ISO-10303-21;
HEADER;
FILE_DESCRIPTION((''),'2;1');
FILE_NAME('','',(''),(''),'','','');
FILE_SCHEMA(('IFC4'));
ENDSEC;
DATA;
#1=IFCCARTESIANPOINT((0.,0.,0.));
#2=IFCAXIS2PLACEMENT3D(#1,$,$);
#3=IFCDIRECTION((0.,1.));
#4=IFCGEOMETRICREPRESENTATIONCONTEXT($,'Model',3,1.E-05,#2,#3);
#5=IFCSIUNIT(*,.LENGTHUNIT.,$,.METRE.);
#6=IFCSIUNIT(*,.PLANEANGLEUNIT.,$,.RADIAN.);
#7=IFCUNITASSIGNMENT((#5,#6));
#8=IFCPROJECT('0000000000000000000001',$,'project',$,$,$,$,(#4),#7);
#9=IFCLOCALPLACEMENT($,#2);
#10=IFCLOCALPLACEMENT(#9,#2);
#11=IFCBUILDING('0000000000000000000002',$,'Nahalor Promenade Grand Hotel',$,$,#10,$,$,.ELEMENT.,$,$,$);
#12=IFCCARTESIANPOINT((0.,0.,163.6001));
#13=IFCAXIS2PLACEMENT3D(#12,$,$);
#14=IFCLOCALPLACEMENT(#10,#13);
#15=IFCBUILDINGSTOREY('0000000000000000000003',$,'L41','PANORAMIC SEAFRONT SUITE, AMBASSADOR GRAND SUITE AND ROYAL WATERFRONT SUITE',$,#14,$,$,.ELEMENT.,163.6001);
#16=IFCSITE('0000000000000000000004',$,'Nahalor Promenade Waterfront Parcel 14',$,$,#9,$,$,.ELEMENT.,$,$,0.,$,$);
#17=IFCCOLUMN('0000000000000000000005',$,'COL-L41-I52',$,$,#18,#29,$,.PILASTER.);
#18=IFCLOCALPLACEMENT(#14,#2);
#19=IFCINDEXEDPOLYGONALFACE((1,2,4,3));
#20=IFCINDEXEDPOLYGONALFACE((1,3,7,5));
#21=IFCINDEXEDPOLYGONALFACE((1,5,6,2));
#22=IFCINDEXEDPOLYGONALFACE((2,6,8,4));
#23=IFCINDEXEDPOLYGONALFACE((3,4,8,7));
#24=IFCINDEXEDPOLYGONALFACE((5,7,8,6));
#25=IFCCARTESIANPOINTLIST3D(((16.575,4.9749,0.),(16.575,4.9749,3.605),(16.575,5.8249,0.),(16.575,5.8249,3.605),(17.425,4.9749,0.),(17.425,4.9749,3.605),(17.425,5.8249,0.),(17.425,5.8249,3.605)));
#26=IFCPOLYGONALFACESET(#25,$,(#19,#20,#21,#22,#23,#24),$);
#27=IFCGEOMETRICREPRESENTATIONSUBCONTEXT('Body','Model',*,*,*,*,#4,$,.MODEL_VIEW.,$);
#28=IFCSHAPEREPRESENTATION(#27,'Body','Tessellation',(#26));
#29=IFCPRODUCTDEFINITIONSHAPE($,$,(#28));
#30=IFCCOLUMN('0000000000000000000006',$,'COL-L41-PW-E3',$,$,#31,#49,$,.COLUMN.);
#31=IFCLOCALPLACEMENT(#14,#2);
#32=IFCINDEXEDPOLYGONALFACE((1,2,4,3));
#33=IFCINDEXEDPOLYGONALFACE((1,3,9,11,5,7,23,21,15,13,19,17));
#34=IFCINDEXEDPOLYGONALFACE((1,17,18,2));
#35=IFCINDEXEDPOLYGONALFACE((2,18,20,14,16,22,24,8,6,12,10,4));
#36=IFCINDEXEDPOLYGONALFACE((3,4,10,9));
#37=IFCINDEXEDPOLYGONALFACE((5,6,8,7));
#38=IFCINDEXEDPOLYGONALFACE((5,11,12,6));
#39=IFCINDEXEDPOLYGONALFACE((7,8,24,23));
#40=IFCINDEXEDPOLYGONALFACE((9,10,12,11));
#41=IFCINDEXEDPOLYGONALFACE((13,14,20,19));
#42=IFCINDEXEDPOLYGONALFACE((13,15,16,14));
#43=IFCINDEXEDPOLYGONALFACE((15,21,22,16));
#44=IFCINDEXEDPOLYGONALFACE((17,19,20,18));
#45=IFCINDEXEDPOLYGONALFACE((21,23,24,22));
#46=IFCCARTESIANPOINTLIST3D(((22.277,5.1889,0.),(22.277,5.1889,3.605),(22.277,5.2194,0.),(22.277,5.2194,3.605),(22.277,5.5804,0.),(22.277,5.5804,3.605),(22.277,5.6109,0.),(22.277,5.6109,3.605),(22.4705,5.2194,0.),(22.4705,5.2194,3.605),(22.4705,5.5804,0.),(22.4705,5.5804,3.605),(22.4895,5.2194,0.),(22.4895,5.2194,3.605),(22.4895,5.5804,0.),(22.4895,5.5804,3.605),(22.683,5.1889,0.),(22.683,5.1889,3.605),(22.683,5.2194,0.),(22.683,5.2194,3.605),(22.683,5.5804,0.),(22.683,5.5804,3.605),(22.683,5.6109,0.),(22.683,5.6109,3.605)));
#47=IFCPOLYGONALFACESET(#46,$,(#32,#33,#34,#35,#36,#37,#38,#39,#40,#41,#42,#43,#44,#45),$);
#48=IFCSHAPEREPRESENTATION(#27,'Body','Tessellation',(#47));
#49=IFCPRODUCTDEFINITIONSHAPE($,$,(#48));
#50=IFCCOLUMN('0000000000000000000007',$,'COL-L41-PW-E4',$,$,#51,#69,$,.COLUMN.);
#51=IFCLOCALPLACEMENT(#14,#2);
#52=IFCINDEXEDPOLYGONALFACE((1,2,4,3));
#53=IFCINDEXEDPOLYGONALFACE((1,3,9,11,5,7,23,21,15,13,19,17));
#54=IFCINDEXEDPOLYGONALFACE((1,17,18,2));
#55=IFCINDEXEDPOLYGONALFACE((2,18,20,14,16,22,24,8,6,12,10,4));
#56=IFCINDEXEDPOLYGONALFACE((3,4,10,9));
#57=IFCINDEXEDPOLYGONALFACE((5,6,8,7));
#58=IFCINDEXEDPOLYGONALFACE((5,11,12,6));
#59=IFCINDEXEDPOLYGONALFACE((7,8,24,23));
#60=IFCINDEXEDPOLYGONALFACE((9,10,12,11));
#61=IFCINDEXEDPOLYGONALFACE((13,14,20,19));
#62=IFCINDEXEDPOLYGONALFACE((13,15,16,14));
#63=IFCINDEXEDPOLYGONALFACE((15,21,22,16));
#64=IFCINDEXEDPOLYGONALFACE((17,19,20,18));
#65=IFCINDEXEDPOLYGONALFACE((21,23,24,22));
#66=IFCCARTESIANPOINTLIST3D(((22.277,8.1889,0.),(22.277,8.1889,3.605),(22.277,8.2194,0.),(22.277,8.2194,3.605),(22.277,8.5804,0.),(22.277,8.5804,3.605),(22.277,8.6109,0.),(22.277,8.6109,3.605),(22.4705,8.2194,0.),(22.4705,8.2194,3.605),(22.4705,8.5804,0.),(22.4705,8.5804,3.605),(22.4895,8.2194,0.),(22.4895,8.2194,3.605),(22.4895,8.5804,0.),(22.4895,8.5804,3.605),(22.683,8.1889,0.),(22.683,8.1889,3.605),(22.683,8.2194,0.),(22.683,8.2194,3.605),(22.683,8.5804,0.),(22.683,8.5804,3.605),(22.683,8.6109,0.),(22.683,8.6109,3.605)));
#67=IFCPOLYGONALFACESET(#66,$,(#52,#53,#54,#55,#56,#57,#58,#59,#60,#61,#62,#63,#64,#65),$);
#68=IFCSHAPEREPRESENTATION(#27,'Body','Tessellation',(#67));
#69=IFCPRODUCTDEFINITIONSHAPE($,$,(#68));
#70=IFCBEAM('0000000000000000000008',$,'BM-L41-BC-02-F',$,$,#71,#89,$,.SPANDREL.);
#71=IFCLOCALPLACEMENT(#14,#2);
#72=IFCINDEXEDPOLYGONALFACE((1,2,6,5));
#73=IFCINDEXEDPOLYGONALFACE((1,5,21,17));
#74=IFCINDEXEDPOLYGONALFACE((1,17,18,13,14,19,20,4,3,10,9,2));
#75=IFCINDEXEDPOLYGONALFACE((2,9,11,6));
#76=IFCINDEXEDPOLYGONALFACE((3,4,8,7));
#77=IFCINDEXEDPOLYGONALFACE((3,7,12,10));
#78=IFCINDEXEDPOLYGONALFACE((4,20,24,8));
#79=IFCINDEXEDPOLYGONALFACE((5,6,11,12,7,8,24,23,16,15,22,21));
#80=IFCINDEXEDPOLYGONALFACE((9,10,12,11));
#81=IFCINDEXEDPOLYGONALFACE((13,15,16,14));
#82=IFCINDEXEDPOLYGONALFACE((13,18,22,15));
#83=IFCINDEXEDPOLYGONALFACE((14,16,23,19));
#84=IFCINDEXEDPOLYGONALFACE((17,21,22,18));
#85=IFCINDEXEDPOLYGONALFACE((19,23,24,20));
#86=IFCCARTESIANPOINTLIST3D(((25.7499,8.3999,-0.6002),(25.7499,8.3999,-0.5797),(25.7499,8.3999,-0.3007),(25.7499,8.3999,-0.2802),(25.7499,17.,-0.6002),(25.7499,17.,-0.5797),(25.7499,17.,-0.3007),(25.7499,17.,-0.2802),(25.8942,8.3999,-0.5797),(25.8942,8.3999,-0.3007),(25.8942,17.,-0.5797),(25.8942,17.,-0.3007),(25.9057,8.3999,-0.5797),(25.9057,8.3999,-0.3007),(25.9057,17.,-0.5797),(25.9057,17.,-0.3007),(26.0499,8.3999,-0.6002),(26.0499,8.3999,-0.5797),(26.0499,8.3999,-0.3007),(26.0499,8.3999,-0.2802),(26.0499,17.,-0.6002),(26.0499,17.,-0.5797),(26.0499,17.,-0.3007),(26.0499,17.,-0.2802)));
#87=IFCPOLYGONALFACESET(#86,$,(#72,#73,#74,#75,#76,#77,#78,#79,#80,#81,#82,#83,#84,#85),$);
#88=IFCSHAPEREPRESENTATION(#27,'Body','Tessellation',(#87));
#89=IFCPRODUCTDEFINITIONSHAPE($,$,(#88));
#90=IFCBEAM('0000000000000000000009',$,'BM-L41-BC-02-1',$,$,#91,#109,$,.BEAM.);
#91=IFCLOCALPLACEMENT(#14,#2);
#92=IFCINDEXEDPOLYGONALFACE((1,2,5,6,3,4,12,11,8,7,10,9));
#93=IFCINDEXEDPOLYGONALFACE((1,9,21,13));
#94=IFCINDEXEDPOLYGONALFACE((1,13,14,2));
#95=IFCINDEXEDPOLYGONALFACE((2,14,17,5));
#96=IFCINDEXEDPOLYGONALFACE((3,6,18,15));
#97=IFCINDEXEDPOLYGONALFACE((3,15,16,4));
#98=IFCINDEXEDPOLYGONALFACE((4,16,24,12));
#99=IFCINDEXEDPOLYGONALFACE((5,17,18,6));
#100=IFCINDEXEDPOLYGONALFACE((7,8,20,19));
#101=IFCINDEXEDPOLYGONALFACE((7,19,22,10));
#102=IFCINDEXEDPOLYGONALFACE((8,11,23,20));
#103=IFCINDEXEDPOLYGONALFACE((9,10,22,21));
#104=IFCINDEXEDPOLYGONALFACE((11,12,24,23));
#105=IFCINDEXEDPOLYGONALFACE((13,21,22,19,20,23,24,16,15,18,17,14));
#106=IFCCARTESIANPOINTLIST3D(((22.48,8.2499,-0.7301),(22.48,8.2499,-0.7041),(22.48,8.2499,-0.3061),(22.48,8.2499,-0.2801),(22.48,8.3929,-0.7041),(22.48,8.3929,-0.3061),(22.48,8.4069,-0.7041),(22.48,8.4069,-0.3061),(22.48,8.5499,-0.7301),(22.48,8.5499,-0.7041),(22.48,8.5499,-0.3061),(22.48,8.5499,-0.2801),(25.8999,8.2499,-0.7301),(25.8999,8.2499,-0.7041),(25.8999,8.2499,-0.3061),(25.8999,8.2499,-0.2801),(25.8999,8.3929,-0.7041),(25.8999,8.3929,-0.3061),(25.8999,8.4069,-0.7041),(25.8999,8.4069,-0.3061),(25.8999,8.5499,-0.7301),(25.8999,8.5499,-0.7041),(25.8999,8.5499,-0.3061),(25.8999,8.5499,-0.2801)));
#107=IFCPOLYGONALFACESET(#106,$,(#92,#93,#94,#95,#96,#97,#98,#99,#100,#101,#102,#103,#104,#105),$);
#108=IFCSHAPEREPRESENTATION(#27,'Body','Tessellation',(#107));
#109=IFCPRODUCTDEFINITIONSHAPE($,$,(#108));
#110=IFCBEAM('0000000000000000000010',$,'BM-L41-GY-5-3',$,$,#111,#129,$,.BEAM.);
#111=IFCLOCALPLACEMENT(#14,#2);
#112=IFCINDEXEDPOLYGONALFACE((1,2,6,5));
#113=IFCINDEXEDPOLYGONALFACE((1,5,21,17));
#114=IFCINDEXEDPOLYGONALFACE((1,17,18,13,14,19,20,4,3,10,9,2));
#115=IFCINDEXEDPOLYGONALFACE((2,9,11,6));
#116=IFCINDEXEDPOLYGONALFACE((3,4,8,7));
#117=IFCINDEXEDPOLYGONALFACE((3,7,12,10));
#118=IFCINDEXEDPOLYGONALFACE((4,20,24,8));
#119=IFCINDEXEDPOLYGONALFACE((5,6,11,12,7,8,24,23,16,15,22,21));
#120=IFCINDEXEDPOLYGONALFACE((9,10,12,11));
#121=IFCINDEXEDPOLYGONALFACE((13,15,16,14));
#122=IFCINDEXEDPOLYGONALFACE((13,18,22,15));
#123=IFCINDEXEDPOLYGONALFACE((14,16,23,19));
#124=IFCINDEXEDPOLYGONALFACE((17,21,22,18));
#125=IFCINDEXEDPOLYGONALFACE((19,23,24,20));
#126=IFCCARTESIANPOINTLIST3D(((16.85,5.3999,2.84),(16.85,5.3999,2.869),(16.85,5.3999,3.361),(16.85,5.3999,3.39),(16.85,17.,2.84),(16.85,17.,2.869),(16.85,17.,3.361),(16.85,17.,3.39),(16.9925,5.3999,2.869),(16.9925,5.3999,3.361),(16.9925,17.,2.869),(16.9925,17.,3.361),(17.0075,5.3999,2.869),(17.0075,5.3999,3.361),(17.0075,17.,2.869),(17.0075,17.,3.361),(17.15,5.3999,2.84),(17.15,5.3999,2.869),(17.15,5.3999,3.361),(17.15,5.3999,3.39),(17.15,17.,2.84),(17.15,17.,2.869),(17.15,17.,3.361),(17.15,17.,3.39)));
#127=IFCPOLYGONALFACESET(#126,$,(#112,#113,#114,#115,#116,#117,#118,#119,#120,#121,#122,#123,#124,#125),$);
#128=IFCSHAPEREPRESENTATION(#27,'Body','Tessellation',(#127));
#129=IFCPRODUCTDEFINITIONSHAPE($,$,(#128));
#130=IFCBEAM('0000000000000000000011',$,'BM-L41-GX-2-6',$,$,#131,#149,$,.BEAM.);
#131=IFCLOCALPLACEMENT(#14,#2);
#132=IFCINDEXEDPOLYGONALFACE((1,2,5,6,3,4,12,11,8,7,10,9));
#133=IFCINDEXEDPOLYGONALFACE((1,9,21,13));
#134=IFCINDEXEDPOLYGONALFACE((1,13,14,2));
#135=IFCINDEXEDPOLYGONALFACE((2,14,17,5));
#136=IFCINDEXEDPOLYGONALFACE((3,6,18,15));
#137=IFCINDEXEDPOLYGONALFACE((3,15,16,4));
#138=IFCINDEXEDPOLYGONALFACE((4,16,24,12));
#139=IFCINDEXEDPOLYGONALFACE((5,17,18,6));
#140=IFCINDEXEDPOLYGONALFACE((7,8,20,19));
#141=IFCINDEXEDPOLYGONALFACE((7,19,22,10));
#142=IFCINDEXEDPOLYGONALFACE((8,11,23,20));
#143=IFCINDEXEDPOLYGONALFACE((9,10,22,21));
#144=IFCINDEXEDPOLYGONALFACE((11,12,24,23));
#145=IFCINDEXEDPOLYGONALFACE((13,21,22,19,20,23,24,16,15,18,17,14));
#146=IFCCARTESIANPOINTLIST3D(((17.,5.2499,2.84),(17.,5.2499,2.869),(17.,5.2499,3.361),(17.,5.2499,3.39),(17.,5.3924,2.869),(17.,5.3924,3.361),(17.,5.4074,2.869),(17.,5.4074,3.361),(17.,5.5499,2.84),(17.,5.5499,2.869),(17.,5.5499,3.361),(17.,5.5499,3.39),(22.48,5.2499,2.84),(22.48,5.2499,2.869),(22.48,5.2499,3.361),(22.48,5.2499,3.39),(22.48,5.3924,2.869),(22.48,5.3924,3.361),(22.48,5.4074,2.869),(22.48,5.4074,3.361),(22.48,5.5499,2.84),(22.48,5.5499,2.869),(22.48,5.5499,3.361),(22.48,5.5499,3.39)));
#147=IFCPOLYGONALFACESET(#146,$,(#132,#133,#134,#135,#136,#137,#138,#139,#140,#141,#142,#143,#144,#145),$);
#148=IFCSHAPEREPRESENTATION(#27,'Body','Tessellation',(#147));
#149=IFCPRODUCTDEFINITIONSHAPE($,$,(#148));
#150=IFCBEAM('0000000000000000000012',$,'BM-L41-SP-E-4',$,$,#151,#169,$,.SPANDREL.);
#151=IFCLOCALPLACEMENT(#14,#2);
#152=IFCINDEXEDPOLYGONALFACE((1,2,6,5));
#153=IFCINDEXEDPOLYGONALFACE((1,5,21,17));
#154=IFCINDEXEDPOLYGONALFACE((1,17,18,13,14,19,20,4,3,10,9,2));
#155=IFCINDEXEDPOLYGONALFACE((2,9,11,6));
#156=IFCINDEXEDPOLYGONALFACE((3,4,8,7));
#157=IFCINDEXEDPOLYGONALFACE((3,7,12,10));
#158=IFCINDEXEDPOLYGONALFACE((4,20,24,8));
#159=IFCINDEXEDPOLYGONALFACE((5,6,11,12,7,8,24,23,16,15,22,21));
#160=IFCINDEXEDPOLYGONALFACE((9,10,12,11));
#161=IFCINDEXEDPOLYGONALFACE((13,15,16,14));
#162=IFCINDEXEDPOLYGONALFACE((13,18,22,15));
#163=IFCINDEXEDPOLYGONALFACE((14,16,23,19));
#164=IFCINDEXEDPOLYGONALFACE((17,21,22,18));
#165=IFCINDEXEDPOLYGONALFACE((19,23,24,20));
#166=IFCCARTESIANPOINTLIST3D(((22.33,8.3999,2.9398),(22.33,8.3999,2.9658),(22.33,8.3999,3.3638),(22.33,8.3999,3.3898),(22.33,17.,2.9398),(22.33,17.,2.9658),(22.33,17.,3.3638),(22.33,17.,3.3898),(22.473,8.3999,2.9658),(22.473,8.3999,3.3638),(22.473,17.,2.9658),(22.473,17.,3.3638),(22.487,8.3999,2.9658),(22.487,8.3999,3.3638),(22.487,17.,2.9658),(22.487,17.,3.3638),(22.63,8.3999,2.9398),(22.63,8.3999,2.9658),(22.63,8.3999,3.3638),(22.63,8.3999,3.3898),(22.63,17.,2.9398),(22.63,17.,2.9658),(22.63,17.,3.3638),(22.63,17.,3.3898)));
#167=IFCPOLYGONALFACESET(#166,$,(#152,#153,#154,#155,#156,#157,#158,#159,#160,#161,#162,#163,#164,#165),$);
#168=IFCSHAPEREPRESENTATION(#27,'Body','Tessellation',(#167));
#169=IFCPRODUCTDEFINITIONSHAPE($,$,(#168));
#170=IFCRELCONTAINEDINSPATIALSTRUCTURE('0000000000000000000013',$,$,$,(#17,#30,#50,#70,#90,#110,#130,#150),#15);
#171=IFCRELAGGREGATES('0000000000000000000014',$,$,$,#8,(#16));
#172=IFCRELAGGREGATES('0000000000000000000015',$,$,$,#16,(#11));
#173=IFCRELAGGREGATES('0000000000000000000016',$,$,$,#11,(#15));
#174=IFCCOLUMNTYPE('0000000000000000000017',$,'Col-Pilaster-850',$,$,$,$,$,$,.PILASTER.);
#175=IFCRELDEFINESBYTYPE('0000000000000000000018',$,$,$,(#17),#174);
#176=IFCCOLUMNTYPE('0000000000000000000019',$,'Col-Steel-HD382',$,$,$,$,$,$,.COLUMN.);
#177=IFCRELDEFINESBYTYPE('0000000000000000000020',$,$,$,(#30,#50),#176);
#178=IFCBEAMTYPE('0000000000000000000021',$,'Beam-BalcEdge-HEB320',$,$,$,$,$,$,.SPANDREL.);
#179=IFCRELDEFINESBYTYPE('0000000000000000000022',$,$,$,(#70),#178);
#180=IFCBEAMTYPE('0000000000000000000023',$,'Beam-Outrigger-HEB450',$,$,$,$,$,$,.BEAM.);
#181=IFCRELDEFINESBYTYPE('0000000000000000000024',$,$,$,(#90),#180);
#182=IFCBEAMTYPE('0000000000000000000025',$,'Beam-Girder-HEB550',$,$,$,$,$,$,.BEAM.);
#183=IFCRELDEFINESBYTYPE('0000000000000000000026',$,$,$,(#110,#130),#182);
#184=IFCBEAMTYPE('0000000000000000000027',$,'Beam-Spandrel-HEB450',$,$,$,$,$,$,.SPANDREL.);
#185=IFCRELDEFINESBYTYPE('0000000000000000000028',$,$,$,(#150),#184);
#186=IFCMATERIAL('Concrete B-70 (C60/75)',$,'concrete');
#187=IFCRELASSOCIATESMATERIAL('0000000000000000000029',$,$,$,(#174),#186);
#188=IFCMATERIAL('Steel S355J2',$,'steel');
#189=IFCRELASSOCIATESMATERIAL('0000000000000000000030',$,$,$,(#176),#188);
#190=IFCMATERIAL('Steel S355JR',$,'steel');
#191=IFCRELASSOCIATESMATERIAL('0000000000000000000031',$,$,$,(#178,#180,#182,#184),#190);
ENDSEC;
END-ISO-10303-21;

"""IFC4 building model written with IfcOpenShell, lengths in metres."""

from ifc_helpers import new_model, si_unit, direction, frame, origin, origin_2d, place, context, subcontext, project, spatial, rectangle, i_section, extrude, source, transform, mapped, material, material_profile, profile_set, type_object, element, save


model = new_model("IFC4")

# Units and contexts
model_context = context("Model", 3, precision=1e-05, world=origin(), true_north=direction((0.0, 1.0)))
body_context = subcontext(model_context, "Body", "Model", "MODEL_VIEW")
ifc_project = project(units=[si_unit("LENGTHUNIT", "METRE"), si_unit("PLANEANGLEUNIT", "RADIAN")], contexts=[model_context])

# Site, building, storey
site_placement = place(None, origin())
site = spatial("IfcSite", under=ifc_project, at=site_placement, Name="Nahalor Promenade Waterfront Parcel 14", CompositionType="ELEMENT", RefElevation=0.0)
building_placement = place(site_placement, origin())
building = spatial("IfcBuilding", under=site, at=building_placement, Name="Nahalor Promenade Grand Hotel", CompositionType="ELEMENT")
storey_placement = place(building_placement, frame((0.0, 0.0, 163.6001)))
storey = spatial("IfcBuildingStorey", under=building, at=storey_placement, Name="L41", Description="PANORAMIC SEAFRONT SUITE, AMBASSADOR GRAND SUITE AND ROYAL WATERFRONT SUITE", CompositionType="ELEMENT", Elevation=163.6001)

# Columns
ifc_material_1 = material(Name="Concrete B-70 (C60/75)", Category="concrete")
ifc_material_profile_1 = material_profile(ifc_material_1, rectangle(XDim=0.85, YDim=0.85, at=origin_2d()), Name="RC 850x850")
ifc_profile_set_1 = profile_set([ifc_material_profile_1], Name="Concrete B-70 (C60/75)")
column_type_1 = type_object("IfcColumnType", Name="Col-Pilaster-850", PredefinedType="PILASTER", material=ifc_profile_set_1)
shared_shape_1 = source(origin(), body_context, "Body", "SweptSolid", [
    extrude(rectangle(XDim=0.85, YDim=0.85, at=origin_2d()), origin(), (0.0, 0.0, 1.0), 3.605),
])
column_placement = place(storey_placement, frame((17.0, 5.3999, 0.0), z_axis=(0.0, 0.0, 1.0), x_axis=(1.0, 0.0, 0.0)))
element("IfcColumn", 1, at=column_placement, inside=storey, type_object=column_type_1, Name="COL-L41-I52", PredefinedType="PILASTER", context=body_context, shape_type="MappedRepresentation", body=[
    mapped(shared_shape_1, transform((0.0, 0.0, 0.0), scale=1.0)),
])
ifc_material_2 = material(Name="Steel S355J2", Category="steel")
ifc_material_profile_2 = material_profile(ifc_material_2, i_section(OverallWidth=0.406, OverallDepth=0.422, WebThickness=0.019, FlangeThickness=0.0305, at=origin_2d()), Name="HD 400x382")
ifc_profile_set_2 = profile_set([ifc_material_profile_2], Name="Steel S355J2")
column_type_2 = type_object("IfcColumnType", Name="Col-Steel-HD382", PredefinedType="COLUMN", material=ifc_profile_set_2)
shared_shape_2 = source(origin(), body_context, "Body", "SweptSolid", [
    extrude(i_section(OverallWidth=0.406, OverallDepth=0.422, WebThickness=0.019, FlangeThickness=0.0305, at=origin_2d()), origin(), (0.0, 0.0, 1.0), 3.605),
])
for number, where, z_axis, x_axis, name in (
    (2, (22.48, 5.3999, 0.0), (0.0, 0.0, 1.0), (1.0, 0.0, 0.0), "COL-L41-PW-E3"),
    (3, (22.48, 8.3999, 0.0), (0.0, 0.0, 1.0), (1.0, 0.0, 0.0), "COL-L41-PW-E4"),
):
    element("IfcColumn", number, at=place(storey_placement, frame(where, z_axis=z_axis, x_axis=x_axis)), inside=storey, type_object=column_type_2, Name=name, PredefinedType="COLUMN", context=body_context, shape_type="MappedRepresentation", body=[
        mapped(shared_shape_2, transform((0.0, 0.0, 0.0), scale=1.0)),
    ])

# Beams
ifc_material_3 = material(Name="Steel S355JR", Category="steel")
ifc_material_profile_3 = material_profile(ifc_material_3, i_section(OverallWidth=0.3, OverallDepth=0.32, WebThickness=0.0115, FlangeThickness=0.0205, at=origin_2d()), Name="HEB 320")
ifc_profile_set_3 = profile_set([ifc_material_profile_3], Name="Steel S355JR")
beam_type_1 = type_object("IfcBeamType", Name="Beam-BalcEdge-HEB320", PredefinedType="SPANDREL", material=ifc_profile_set_3)
shared_shape_3 = source(origin(), body_context, "Body", "SweptSolid", [
    extrude(i_section(OverallWidth=0.3, OverallDepth=0.32, WebThickness=0.0115, FlangeThickness=0.0205, at=origin_2d()), origin(), (0.0, 0.0, 1.0), 8.6001),
])
beam_1_placement = place(storey_placement, frame((25.8999, 8.3999, -0.4402), z_axis=(0.0, 1.0, 0.0), x_axis=(-1.0, 0.0, 0.0)))
element("IfcBeam", 4, at=beam_1_placement, inside=storey, type_object=beam_type_1, Name="BM-L41-BC-02-F", PredefinedType="SPANDREL", context=body_context, shape_type="MappedRepresentation", body=[
    mapped(shared_shape_3, transform((0.0, 0.0, 0.0), scale=1.0)),
])
ifc_material_profile_4 = material_profile(ifc_material_3, i_section(OverallWidth=0.3, OverallDepth=0.45, WebThickness=0.014, FlangeThickness=0.026, at=origin_2d()), Name="HEB 450")
ifc_profile_set_4 = profile_set([ifc_material_profile_4], Name="Steel S355JR")
beam_type_2 = type_object("IfcBeamType", Name="Beam-Outrigger-HEB450", PredefinedType="BEAM", material=ifc_profile_set_4)
shared_shape_4 = source(origin(), body_context, "Body", "SweptSolid", [
    extrude(i_section(OverallWidth=0.3, OverallDepth=0.45, WebThickness=0.014, FlangeThickness=0.026, at=origin_2d()), origin(), (0.0, 0.0, 1.0), 3.4199),
])
beam_2_placement = place(storey_placement, frame((22.48, 8.3999, -0.5051), z_axis=(1.0, 0.0, 0.0), x_axis=(0.0, 1.0, 0.0)))
element("IfcBeam", 5, at=beam_2_placement, inside=storey, type_object=beam_type_2, Name="BM-L41-BC-02-1", PredefinedType="BEAM", context=body_context, shape_type="MappedRepresentation", body=[
    mapped(shared_shape_4, transform((0.0, 0.0, 0.0), scale=1.0)),
])
ifc_material_profile_5 = material_profile(ifc_material_3, i_section(OverallWidth=0.3, OverallDepth=0.55, WebThickness=0.015, FlangeThickness=0.029, at=origin_2d()), Name="HEB 550")
ifc_profile_set_5 = profile_set([ifc_material_profile_5], Name="Steel S355JR")
beam_type_3 = type_object("IfcBeamType", Name="Beam-Girder-HEB550", PredefinedType="BEAM", material=ifc_profile_set_5)
shared_shape_5 = source(origin(), body_context, "Body", "SweptSolid", [
    extrude(i_section(OverallWidth=0.3, OverallDepth=0.55, WebThickness=0.015, FlangeThickness=0.029, at=origin_2d()), origin(), (0.0, 0.0, 1.0), 11.6001),
])
beam_3_placement = place(storey_placement, frame((17.0, 5.3999, 3.115), z_axis=(0.0, 1.0, 0.0), x_axis=(-1.0, 0.0, 0.0)))
element("IfcBeam", 6, at=beam_3_placement, inside=storey, type_object=beam_type_3, Name="BM-L41-GY-5-3", PredefinedType="BEAM", context=body_context, shape_type="MappedRepresentation", body=[
    mapped(shared_shape_5, transform((0.0, 0.0, 0.0), scale=1.0)),
])
shared_shape_6 = source(origin(), body_context, "Body", "SweptSolid", [
    extrude(i_section(OverallWidth=0.3, OverallDepth=0.55, WebThickness=0.015, FlangeThickness=0.029, at=origin_2d()), origin(), (0.0, 0.0, 1.0), 5.48),
])
beam_4_placement = place(storey_placement, frame((17.0, 5.3999, 3.115), z_axis=(1.0, 0.0, 0.0), x_axis=(0.0, 1.0, 0.0)))
element("IfcBeam", 7, at=beam_4_placement, inside=storey, type_object=beam_type_3, Name="BM-L41-GX-2-6", PredefinedType="BEAM", context=body_context, shape_type="MappedRepresentation", body=[
    mapped(shared_shape_6, transform((0.0, 0.0, 0.0), scale=1.0)),
])
ifc_material_profile_6 = material_profile(ifc_material_3, i_section(OverallWidth=0.3, OverallDepth=0.45, WebThickness=0.014, FlangeThickness=0.026, at=origin_2d()), Name="HEB 450")
ifc_profile_set_6 = profile_set([ifc_material_profile_6], Name="Steel S355JR")
beam_type_4 = type_object("IfcBeamType", Name="Beam-Spandrel-HEB450", PredefinedType="SPANDREL", material=ifc_profile_set_6)
shared_shape_7 = source(origin(), body_context, "Body", "SweptSolid", [
    extrude(i_section(OverallWidth=0.3, OverallDepth=0.45, WebThickness=0.014, FlangeThickness=0.026, at=origin_2d()), origin(), (0.0, 0.0, 1.0), 8.6001),
])
beam_5_placement = place(storey_placement, frame((22.48, 8.3999, 3.1648), z_axis=(0.0, 1.0, 0.0), x_axis=(-1.0, 0.0, 0.0)))
element("IfcBeam", 8, at=beam_5_placement, inside=storey, type_object=beam_type_4, Name="BM-L41-SP-E-4", PredefinedType="SPANDREL", context=body_context, shape_type="MappedRepresentation", body=[
    mapped(shared_shape_7, transform((0.0, 0.0, 0.0), scale=1.0)),
])

save(model, "model.ifc")
